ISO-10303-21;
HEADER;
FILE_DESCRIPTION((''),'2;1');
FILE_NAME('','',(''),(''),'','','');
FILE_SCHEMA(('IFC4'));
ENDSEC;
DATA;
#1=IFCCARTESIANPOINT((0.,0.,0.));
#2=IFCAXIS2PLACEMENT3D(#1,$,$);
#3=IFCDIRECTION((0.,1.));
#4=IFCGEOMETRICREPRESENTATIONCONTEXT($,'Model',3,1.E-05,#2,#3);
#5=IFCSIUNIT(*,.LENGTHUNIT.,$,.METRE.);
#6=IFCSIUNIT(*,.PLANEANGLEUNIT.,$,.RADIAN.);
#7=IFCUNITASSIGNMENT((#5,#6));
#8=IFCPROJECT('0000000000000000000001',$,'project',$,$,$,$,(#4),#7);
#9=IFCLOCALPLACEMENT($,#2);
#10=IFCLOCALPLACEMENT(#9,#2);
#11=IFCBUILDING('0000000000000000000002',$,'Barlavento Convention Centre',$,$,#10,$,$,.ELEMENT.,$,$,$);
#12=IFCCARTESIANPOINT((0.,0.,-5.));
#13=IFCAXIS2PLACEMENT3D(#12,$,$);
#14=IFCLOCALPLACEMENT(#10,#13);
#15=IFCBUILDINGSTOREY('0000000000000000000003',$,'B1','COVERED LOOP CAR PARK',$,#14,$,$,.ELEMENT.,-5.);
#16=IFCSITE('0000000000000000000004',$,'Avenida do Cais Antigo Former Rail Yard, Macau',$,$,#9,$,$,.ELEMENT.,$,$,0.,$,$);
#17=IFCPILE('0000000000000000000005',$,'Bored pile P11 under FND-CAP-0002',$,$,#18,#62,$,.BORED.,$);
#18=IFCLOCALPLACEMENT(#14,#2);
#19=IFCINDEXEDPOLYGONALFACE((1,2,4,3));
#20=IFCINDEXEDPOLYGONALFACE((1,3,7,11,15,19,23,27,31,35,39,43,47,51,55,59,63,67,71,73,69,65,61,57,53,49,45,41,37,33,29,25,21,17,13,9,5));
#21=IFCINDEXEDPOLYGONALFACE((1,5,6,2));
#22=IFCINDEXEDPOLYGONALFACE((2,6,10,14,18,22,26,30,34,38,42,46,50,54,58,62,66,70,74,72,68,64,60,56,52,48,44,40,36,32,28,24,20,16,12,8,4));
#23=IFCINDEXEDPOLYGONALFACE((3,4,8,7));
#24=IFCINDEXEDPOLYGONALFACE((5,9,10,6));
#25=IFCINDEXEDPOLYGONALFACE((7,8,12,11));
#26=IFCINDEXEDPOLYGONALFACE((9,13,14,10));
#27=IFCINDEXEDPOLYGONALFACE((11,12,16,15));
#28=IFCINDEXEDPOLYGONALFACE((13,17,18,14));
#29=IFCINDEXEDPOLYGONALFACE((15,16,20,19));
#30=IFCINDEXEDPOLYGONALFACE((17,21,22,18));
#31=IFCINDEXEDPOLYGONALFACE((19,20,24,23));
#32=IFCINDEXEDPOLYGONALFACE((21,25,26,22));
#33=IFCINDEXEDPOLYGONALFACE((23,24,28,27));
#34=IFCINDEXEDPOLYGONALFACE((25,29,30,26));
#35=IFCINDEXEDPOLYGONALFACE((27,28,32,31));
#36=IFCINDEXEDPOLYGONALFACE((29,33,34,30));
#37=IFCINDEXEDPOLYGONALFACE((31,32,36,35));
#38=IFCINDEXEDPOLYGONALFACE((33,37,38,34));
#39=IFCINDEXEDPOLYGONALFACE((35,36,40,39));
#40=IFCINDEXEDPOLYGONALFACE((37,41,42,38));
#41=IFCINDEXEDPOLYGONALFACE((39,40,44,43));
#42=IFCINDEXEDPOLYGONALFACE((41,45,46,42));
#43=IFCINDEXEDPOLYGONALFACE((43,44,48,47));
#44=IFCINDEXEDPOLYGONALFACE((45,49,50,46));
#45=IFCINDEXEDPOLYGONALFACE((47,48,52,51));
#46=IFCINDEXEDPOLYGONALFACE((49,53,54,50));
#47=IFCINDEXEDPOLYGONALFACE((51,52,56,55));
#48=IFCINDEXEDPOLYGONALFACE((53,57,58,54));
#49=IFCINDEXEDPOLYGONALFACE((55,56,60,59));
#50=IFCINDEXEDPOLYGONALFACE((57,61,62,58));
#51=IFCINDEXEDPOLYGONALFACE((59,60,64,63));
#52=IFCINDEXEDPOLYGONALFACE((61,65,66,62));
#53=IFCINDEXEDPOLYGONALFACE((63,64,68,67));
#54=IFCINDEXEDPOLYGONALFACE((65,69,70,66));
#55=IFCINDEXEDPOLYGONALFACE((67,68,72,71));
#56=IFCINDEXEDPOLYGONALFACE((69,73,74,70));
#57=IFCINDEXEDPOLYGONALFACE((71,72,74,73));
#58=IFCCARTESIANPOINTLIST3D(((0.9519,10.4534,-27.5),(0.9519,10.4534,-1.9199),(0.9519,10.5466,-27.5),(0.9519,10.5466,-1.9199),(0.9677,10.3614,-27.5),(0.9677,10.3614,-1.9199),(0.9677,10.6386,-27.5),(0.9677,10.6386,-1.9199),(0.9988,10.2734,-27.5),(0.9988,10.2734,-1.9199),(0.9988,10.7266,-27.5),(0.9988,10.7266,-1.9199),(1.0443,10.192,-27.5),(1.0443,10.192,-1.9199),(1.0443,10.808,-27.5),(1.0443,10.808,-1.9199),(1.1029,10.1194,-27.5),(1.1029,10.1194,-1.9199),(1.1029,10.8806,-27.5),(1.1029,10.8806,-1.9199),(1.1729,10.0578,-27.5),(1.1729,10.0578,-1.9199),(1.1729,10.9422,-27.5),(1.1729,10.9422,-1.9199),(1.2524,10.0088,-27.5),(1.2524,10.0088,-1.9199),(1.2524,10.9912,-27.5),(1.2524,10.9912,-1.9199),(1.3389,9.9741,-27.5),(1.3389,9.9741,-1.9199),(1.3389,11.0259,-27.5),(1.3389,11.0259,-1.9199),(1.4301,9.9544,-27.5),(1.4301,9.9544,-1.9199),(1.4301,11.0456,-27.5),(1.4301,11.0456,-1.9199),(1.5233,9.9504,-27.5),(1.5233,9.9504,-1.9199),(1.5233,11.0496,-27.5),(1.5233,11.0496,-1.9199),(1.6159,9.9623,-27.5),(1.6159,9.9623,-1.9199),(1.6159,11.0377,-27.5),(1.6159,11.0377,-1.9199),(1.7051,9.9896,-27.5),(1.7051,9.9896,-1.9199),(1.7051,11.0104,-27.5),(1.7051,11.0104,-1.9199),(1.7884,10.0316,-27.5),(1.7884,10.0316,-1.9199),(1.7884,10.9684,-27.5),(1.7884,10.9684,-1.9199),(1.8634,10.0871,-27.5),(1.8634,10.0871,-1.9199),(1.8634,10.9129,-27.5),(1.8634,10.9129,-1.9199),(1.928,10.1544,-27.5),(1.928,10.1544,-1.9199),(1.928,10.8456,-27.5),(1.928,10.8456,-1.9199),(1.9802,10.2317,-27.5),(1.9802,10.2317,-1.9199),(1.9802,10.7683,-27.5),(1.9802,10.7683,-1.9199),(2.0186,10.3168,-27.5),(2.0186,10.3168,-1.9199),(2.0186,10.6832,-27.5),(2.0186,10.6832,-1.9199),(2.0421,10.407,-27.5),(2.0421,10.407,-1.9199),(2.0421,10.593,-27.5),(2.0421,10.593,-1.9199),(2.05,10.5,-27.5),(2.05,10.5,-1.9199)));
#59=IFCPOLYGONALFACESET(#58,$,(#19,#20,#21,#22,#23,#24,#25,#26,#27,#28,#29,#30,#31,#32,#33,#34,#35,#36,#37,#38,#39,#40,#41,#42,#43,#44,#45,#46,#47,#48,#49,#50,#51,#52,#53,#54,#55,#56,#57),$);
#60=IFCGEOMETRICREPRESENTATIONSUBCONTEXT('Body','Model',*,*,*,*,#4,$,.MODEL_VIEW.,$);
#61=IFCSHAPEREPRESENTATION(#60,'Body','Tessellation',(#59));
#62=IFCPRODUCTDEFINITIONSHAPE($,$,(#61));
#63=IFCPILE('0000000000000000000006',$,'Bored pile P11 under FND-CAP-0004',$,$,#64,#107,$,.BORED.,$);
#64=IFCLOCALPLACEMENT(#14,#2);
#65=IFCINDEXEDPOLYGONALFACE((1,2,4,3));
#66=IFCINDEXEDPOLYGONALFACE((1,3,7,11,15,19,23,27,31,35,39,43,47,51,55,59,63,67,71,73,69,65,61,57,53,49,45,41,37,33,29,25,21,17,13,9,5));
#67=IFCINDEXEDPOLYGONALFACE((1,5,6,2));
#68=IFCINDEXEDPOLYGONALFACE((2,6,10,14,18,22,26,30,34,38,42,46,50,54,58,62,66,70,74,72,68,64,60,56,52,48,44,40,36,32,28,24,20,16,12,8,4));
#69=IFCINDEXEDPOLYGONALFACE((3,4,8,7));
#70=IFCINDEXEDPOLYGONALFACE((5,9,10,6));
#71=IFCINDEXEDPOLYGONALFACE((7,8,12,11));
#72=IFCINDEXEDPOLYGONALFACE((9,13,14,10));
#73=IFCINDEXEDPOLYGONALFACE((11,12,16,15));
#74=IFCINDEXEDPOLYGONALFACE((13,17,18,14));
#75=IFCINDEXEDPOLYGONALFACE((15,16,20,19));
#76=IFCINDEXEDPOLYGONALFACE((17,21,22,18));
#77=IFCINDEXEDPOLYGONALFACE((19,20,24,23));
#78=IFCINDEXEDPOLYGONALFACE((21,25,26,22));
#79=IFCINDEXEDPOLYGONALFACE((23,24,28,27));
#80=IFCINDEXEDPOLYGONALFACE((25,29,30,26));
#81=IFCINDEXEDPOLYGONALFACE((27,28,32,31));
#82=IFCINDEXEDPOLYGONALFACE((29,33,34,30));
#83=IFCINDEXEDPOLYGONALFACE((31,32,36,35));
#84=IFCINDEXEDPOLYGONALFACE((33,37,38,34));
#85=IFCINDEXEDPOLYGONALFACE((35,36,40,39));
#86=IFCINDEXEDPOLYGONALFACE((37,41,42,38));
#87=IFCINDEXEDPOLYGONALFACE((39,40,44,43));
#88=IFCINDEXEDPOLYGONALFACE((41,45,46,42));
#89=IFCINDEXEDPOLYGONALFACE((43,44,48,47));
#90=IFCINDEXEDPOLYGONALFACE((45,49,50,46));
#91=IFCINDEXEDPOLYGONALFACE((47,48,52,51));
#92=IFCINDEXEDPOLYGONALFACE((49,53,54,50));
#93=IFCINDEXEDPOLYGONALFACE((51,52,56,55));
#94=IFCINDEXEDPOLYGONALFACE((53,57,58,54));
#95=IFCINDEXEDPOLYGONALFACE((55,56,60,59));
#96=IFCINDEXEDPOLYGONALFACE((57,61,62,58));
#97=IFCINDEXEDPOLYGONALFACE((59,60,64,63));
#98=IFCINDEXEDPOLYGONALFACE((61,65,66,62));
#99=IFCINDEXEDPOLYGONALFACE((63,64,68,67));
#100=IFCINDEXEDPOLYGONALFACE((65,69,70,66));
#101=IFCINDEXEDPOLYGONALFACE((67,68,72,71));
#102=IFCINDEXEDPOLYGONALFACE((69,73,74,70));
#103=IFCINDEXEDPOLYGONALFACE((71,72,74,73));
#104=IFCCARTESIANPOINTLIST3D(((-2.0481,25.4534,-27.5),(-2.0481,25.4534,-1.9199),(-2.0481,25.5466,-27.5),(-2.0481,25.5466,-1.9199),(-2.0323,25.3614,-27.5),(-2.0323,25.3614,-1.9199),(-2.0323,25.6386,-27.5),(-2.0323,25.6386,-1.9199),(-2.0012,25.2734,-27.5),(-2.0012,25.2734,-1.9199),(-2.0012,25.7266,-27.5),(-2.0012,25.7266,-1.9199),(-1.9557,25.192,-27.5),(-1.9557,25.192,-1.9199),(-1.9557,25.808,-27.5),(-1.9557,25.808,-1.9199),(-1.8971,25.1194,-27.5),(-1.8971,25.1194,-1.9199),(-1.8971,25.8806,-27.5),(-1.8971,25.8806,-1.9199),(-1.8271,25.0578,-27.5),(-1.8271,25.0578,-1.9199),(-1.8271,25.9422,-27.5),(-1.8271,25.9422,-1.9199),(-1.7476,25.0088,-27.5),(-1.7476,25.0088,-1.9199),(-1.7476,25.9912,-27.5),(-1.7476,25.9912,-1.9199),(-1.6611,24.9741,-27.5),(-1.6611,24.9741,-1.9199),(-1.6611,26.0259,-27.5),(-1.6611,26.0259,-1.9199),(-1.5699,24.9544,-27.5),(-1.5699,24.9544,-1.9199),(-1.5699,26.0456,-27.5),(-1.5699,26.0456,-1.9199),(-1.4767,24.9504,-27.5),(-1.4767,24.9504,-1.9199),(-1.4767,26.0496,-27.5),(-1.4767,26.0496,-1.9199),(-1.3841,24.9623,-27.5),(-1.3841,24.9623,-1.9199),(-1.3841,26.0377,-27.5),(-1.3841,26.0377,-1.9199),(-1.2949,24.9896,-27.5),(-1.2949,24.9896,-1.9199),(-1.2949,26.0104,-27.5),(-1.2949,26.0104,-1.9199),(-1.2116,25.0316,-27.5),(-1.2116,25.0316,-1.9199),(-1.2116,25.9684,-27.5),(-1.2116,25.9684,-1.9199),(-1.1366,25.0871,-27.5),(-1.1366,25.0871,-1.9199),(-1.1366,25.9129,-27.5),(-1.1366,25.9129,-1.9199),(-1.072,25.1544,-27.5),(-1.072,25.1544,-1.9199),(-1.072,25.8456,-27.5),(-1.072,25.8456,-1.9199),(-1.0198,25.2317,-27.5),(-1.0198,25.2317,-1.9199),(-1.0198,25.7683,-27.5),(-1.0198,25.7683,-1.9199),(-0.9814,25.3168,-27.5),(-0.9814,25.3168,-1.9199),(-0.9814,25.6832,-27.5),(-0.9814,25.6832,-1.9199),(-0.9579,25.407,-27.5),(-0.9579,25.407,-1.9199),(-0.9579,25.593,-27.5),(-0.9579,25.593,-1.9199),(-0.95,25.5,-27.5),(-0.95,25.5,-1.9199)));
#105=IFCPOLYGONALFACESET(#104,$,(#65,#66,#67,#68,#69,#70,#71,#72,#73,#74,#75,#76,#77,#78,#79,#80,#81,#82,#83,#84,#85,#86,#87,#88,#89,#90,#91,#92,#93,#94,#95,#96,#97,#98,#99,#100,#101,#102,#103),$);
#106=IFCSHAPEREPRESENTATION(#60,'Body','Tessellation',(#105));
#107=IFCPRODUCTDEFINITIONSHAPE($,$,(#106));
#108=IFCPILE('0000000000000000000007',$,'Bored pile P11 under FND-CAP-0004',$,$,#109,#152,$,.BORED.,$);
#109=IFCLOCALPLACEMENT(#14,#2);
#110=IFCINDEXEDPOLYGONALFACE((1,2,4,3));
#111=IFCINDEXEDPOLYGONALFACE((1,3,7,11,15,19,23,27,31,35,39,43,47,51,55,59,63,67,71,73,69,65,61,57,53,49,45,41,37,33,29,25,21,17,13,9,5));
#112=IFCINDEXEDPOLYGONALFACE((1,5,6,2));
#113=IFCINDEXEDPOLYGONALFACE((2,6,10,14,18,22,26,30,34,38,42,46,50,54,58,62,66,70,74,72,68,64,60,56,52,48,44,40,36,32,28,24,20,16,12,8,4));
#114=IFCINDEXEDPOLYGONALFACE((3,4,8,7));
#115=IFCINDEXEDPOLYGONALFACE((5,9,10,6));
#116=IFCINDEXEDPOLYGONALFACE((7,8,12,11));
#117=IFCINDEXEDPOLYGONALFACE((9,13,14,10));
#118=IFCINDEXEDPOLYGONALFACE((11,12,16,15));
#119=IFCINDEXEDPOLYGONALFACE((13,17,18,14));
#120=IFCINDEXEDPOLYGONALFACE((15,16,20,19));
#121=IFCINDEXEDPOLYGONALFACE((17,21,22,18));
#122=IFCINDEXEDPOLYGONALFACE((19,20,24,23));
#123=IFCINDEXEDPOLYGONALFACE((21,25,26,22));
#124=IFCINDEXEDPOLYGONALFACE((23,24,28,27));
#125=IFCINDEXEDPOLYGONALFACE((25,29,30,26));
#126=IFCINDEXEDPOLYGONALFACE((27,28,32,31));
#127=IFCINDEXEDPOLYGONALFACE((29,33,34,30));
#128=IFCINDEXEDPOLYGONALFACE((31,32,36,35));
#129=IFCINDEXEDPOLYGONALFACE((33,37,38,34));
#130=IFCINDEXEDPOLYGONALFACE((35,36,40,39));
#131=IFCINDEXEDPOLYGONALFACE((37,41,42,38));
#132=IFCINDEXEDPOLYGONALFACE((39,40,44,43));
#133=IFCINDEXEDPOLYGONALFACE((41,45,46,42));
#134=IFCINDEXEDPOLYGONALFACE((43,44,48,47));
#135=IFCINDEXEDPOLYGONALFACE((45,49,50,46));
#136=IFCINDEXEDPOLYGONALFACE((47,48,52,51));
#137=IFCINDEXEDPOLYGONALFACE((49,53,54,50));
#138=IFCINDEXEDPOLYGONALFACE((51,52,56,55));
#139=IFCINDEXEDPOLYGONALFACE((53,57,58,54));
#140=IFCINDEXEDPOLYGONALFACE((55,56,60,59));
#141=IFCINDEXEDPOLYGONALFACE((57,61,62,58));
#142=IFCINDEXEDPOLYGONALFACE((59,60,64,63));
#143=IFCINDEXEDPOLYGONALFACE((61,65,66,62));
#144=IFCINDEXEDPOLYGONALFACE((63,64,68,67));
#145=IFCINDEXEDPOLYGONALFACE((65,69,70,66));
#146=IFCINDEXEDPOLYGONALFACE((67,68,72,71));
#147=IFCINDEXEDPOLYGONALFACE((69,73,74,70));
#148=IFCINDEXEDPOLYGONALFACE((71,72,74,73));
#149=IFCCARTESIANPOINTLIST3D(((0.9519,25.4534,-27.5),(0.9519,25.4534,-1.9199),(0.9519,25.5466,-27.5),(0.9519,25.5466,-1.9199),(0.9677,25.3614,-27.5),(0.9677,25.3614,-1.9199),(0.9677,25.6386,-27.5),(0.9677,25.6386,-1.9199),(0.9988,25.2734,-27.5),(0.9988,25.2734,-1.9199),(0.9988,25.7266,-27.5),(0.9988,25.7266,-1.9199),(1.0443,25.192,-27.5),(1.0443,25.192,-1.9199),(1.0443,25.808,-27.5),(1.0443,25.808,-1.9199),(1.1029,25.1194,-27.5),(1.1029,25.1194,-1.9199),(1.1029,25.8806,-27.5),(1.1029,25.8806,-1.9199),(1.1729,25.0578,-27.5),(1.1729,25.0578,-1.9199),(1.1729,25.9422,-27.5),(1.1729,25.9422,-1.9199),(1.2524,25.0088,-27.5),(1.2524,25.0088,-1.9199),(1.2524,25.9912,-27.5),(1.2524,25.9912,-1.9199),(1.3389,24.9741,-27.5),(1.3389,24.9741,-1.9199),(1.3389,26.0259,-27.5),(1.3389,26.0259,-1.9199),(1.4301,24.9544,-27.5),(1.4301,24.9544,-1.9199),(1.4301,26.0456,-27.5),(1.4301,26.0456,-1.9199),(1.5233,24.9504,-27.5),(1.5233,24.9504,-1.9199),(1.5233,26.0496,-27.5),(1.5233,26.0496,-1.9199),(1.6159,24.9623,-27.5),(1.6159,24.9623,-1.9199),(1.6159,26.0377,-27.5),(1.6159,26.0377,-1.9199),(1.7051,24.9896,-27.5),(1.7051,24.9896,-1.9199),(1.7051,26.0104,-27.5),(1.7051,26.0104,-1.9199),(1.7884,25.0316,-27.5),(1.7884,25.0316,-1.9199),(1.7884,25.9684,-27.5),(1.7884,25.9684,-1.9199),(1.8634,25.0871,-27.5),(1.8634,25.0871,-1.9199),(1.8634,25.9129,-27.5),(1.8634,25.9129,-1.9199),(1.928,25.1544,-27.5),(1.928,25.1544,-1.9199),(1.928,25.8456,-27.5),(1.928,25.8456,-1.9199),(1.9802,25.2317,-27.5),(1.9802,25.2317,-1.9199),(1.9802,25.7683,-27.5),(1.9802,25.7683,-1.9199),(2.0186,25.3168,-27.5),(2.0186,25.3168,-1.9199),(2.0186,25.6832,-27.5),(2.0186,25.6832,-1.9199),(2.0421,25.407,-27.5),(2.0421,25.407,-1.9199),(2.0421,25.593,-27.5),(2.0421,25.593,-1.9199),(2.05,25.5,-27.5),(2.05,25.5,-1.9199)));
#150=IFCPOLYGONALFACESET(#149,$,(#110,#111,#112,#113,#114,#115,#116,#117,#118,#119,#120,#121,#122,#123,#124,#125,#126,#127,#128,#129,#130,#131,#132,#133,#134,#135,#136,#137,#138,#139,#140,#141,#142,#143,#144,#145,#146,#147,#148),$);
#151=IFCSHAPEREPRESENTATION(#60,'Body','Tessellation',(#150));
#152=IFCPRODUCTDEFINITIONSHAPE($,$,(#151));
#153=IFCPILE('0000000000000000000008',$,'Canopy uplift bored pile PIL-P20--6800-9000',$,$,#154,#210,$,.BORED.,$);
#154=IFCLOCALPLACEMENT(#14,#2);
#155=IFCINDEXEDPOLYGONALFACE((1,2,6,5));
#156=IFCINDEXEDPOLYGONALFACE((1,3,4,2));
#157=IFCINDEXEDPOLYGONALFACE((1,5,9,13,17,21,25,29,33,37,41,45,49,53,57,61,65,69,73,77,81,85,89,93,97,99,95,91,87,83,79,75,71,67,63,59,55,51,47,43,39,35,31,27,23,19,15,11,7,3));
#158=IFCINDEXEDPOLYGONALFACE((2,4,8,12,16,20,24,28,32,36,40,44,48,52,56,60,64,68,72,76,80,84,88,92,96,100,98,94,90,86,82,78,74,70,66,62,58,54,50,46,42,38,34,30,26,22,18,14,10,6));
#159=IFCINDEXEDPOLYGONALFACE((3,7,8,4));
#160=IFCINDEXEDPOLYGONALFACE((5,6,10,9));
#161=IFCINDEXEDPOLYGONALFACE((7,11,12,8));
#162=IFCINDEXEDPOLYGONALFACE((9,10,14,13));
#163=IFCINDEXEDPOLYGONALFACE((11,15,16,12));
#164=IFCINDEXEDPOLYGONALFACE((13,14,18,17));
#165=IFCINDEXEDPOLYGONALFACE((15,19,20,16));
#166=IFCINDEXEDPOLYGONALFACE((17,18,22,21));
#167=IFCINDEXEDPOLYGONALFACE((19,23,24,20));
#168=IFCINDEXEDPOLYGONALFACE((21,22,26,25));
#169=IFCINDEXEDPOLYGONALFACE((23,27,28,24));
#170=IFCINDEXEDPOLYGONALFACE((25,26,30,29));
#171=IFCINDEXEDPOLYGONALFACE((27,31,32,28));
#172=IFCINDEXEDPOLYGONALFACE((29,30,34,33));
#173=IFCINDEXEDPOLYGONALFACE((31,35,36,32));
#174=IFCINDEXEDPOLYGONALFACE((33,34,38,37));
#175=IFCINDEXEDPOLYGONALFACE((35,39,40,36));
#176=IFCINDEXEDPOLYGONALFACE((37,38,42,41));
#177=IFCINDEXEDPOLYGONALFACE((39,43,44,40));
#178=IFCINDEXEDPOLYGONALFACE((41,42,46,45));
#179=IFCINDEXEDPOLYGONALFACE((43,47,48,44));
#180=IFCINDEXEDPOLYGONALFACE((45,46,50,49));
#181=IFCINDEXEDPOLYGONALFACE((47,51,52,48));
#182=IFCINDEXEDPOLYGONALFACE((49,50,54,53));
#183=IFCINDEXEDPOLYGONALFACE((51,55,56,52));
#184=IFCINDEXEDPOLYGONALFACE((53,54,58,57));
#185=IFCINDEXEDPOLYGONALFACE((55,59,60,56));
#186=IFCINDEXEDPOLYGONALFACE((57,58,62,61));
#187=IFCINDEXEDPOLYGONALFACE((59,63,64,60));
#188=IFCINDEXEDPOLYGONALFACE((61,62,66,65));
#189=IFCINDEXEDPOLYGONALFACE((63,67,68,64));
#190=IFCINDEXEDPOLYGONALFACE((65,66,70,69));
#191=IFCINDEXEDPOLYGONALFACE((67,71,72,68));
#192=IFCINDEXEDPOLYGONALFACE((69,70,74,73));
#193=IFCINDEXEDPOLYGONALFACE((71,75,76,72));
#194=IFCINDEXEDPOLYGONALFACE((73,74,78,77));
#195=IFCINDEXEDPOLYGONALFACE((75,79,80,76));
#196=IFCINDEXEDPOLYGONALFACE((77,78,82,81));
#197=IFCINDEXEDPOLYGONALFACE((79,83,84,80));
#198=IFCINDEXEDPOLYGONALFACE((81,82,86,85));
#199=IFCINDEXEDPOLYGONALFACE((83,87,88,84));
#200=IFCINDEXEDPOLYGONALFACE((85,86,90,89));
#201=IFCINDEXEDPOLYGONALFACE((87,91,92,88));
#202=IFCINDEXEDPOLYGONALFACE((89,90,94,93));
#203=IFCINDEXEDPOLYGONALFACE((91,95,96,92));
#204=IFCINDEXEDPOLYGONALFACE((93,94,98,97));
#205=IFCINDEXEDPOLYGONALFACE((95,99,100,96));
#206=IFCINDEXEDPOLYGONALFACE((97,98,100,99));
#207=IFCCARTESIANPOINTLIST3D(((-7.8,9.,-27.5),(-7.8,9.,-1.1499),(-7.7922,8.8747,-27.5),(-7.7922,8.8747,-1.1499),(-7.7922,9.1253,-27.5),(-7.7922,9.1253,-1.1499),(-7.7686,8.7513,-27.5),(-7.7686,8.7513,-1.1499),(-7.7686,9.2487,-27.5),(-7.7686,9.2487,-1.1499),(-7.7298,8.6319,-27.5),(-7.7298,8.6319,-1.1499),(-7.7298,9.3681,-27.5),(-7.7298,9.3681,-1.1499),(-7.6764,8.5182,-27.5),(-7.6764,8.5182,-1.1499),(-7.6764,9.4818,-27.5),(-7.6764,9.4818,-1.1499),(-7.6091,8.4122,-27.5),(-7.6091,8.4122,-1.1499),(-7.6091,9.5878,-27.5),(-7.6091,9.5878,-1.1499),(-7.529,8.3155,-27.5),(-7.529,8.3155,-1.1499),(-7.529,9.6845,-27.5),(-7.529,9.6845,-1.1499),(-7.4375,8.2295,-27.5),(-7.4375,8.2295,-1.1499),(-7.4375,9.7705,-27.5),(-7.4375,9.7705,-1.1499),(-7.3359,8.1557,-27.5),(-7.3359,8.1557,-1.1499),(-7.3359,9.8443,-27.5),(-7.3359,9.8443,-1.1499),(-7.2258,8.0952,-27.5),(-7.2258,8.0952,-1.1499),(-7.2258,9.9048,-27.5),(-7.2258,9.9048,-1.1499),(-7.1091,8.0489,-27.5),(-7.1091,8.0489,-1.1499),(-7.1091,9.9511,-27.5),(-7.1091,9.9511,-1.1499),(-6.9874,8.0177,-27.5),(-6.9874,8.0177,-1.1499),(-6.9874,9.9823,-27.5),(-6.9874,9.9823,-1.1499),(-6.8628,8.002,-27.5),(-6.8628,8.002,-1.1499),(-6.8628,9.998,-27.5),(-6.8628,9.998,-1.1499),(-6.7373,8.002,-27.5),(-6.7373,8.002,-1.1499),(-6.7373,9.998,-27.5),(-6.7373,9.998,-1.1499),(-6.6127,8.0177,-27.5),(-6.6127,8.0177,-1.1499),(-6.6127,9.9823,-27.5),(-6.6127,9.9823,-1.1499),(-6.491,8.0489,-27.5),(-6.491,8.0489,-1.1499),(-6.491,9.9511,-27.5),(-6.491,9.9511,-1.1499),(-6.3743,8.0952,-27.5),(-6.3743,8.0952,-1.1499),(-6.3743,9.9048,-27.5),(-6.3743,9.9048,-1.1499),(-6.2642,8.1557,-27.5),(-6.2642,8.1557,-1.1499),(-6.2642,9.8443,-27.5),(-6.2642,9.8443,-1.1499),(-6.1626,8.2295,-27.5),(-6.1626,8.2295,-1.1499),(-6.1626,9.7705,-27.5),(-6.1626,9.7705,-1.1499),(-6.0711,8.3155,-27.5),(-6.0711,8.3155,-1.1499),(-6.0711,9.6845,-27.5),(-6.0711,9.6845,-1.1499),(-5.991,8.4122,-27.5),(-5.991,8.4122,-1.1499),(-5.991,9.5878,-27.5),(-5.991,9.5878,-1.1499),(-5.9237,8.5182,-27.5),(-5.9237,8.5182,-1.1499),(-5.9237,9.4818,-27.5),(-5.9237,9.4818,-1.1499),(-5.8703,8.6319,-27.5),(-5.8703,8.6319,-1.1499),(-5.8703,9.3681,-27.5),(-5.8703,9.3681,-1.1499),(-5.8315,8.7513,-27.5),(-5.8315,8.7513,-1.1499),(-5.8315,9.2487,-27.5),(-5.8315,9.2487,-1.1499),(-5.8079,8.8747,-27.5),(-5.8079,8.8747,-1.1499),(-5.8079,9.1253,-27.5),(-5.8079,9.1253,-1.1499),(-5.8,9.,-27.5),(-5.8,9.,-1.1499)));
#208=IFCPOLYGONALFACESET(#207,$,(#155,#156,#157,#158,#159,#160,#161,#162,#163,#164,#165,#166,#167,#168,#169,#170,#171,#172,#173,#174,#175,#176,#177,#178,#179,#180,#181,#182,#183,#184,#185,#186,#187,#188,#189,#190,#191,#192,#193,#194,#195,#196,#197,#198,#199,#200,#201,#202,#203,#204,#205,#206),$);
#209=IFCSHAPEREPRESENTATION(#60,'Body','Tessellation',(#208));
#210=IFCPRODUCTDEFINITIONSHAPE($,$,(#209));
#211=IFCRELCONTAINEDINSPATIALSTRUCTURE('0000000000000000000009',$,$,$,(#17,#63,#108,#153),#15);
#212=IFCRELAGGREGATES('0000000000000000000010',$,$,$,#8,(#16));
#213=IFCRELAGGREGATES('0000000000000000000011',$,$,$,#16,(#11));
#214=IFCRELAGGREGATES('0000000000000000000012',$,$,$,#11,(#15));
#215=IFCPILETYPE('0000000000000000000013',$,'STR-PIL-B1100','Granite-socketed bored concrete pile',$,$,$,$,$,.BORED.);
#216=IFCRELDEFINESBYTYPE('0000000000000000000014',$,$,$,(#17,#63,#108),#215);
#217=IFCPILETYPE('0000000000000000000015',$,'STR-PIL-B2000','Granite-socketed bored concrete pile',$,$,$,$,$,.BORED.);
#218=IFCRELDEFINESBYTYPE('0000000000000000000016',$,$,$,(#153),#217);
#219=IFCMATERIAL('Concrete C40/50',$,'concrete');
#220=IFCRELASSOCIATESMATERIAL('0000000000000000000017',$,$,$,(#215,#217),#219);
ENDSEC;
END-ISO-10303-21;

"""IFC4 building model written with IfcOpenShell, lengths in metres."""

from ifc_helpers import new_model, si_unit, direction, frame, origin, origin_2d, place, context, subcontext, project, spatial, circle, extrude, material, material_profile, profile_set, type_object, element, save


model = new_model("IFC4")

# Units and contexts
model_context = context("Model", 3, precision=1e-05, world=origin(), true_north=direction((0.0, 1.0)))
body_context = subcontext(model_context, "Body", "Model", "MODEL_VIEW")
ifc_project = project(units=[si_unit("LENGTHUNIT", "METRE"), si_unit("PLANEANGLEUNIT", "RADIAN")], contexts=[model_context])

# Site, building, storey
site_placement = place(None, origin())
site = spatial("IfcSite", under=ifc_project, at=site_placement, Name="Avenida do Cais Antigo Former Rail Yard, Macau", CompositionType="ELEMENT", RefElevation=0.0)
building_placement = place(site_placement, origin())
building = spatial("IfcBuilding", under=site, at=building_placement, Name="Barlavento Convention Centre", CompositionType="ELEMENT")
storey_placement = place(building_placement, frame((0.0, 0.0, -5.0)))
storey = spatial("IfcBuildingStorey", under=building, at=storey_placement, Name="B1", Description="COVERED LOOP CAR PARK", CompositionType="ELEMENT", Elevation=-5.0)

# Shared definitions
ifc_material_1 = material(Name="Concrete C40/50", Category="concrete")

# Piles
ifc_material_profile_1 = material_profile(ifc_material_1, circle(Radius=0.55, at=origin_2d()), Name="BORED PILE 1100")
ifc_profile_set_1 = profile_set([ifc_material_profile_1], Name="Concrete C40/50")
pile_type_1 = type_object("IfcPileType", Name="STR-PIL-B1100", Description="Granite-socketed bored concrete pile", PredefinedType="BORED", material=ifc_profile_set_1)
for number, where, z_axis, x_axis, name in (
    (1, (1.5, 10.5, -1.9199), (0.0, 0.0, -1.0), (1.0, 0.0, 0.0), "Bored pile P11 under FND-CAP-0002"),
    (2, (-1.5, 25.5, -1.9199), (0.0, 0.0, -1.0), (1.0, 0.0, 0.0), "Bored pile P11 under FND-CAP-0004"),
    (3, (1.5, 25.5, -1.9199), (0.0, 0.0, -1.0), (1.0, 0.0, 0.0), "Bored pile P11 under FND-CAP-0004"),
):
    element("IfcPile", number, at=place(storey_placement, frame(where, z_axis=z_axis, x_axis=x_axis)), inside=storey, type_object=pile_type_1, Name=name, PredefinedType="BORED", context=body_context, shape_type="SweptSolid", body=[
        extrude(circle(Radius=0.55, at=origin_2d()), origin(), (0.0, 0.0, 1.0), 25.5801),
    ])
ifc_material_profile_2 = material_profile(ifc_material_1, circle(Radius=1.0, at=origin_2d()), Name="BORED PILE 2000")
ifc_profile_set_2 = profile_set([ifc_material_profile_2], Name="Concrete C40/50")
pile_type_2 = type_object("IfcPileType", Name="STR-PIL-B2000", Description="Granite-socketed bored concrete pile", PredefinedType="BORED", material=ifc_profile_set_2)
pile_placement = place(storey_placement, frame((-6.8, 9.0, -1.1499), z_axis=(0.0, 0.0, -1.0), x_axis=(1.0, 0.0, 0.0)))
element("IfcPile", 4, at=pile_placement, inside=storey, type_object=pile_type_2, Name="Canopy uplift bored pile PIL-P20--6800-9000", PredefinedType="BORED", context=body_context, shape_type="SweptSolid", body=[
    extrude(circle(Radius=1.0, at=origin_2d()), origin(), (0.0, 0.0, 1.0), 26.3501),
])

save(model, "model.ifc")
